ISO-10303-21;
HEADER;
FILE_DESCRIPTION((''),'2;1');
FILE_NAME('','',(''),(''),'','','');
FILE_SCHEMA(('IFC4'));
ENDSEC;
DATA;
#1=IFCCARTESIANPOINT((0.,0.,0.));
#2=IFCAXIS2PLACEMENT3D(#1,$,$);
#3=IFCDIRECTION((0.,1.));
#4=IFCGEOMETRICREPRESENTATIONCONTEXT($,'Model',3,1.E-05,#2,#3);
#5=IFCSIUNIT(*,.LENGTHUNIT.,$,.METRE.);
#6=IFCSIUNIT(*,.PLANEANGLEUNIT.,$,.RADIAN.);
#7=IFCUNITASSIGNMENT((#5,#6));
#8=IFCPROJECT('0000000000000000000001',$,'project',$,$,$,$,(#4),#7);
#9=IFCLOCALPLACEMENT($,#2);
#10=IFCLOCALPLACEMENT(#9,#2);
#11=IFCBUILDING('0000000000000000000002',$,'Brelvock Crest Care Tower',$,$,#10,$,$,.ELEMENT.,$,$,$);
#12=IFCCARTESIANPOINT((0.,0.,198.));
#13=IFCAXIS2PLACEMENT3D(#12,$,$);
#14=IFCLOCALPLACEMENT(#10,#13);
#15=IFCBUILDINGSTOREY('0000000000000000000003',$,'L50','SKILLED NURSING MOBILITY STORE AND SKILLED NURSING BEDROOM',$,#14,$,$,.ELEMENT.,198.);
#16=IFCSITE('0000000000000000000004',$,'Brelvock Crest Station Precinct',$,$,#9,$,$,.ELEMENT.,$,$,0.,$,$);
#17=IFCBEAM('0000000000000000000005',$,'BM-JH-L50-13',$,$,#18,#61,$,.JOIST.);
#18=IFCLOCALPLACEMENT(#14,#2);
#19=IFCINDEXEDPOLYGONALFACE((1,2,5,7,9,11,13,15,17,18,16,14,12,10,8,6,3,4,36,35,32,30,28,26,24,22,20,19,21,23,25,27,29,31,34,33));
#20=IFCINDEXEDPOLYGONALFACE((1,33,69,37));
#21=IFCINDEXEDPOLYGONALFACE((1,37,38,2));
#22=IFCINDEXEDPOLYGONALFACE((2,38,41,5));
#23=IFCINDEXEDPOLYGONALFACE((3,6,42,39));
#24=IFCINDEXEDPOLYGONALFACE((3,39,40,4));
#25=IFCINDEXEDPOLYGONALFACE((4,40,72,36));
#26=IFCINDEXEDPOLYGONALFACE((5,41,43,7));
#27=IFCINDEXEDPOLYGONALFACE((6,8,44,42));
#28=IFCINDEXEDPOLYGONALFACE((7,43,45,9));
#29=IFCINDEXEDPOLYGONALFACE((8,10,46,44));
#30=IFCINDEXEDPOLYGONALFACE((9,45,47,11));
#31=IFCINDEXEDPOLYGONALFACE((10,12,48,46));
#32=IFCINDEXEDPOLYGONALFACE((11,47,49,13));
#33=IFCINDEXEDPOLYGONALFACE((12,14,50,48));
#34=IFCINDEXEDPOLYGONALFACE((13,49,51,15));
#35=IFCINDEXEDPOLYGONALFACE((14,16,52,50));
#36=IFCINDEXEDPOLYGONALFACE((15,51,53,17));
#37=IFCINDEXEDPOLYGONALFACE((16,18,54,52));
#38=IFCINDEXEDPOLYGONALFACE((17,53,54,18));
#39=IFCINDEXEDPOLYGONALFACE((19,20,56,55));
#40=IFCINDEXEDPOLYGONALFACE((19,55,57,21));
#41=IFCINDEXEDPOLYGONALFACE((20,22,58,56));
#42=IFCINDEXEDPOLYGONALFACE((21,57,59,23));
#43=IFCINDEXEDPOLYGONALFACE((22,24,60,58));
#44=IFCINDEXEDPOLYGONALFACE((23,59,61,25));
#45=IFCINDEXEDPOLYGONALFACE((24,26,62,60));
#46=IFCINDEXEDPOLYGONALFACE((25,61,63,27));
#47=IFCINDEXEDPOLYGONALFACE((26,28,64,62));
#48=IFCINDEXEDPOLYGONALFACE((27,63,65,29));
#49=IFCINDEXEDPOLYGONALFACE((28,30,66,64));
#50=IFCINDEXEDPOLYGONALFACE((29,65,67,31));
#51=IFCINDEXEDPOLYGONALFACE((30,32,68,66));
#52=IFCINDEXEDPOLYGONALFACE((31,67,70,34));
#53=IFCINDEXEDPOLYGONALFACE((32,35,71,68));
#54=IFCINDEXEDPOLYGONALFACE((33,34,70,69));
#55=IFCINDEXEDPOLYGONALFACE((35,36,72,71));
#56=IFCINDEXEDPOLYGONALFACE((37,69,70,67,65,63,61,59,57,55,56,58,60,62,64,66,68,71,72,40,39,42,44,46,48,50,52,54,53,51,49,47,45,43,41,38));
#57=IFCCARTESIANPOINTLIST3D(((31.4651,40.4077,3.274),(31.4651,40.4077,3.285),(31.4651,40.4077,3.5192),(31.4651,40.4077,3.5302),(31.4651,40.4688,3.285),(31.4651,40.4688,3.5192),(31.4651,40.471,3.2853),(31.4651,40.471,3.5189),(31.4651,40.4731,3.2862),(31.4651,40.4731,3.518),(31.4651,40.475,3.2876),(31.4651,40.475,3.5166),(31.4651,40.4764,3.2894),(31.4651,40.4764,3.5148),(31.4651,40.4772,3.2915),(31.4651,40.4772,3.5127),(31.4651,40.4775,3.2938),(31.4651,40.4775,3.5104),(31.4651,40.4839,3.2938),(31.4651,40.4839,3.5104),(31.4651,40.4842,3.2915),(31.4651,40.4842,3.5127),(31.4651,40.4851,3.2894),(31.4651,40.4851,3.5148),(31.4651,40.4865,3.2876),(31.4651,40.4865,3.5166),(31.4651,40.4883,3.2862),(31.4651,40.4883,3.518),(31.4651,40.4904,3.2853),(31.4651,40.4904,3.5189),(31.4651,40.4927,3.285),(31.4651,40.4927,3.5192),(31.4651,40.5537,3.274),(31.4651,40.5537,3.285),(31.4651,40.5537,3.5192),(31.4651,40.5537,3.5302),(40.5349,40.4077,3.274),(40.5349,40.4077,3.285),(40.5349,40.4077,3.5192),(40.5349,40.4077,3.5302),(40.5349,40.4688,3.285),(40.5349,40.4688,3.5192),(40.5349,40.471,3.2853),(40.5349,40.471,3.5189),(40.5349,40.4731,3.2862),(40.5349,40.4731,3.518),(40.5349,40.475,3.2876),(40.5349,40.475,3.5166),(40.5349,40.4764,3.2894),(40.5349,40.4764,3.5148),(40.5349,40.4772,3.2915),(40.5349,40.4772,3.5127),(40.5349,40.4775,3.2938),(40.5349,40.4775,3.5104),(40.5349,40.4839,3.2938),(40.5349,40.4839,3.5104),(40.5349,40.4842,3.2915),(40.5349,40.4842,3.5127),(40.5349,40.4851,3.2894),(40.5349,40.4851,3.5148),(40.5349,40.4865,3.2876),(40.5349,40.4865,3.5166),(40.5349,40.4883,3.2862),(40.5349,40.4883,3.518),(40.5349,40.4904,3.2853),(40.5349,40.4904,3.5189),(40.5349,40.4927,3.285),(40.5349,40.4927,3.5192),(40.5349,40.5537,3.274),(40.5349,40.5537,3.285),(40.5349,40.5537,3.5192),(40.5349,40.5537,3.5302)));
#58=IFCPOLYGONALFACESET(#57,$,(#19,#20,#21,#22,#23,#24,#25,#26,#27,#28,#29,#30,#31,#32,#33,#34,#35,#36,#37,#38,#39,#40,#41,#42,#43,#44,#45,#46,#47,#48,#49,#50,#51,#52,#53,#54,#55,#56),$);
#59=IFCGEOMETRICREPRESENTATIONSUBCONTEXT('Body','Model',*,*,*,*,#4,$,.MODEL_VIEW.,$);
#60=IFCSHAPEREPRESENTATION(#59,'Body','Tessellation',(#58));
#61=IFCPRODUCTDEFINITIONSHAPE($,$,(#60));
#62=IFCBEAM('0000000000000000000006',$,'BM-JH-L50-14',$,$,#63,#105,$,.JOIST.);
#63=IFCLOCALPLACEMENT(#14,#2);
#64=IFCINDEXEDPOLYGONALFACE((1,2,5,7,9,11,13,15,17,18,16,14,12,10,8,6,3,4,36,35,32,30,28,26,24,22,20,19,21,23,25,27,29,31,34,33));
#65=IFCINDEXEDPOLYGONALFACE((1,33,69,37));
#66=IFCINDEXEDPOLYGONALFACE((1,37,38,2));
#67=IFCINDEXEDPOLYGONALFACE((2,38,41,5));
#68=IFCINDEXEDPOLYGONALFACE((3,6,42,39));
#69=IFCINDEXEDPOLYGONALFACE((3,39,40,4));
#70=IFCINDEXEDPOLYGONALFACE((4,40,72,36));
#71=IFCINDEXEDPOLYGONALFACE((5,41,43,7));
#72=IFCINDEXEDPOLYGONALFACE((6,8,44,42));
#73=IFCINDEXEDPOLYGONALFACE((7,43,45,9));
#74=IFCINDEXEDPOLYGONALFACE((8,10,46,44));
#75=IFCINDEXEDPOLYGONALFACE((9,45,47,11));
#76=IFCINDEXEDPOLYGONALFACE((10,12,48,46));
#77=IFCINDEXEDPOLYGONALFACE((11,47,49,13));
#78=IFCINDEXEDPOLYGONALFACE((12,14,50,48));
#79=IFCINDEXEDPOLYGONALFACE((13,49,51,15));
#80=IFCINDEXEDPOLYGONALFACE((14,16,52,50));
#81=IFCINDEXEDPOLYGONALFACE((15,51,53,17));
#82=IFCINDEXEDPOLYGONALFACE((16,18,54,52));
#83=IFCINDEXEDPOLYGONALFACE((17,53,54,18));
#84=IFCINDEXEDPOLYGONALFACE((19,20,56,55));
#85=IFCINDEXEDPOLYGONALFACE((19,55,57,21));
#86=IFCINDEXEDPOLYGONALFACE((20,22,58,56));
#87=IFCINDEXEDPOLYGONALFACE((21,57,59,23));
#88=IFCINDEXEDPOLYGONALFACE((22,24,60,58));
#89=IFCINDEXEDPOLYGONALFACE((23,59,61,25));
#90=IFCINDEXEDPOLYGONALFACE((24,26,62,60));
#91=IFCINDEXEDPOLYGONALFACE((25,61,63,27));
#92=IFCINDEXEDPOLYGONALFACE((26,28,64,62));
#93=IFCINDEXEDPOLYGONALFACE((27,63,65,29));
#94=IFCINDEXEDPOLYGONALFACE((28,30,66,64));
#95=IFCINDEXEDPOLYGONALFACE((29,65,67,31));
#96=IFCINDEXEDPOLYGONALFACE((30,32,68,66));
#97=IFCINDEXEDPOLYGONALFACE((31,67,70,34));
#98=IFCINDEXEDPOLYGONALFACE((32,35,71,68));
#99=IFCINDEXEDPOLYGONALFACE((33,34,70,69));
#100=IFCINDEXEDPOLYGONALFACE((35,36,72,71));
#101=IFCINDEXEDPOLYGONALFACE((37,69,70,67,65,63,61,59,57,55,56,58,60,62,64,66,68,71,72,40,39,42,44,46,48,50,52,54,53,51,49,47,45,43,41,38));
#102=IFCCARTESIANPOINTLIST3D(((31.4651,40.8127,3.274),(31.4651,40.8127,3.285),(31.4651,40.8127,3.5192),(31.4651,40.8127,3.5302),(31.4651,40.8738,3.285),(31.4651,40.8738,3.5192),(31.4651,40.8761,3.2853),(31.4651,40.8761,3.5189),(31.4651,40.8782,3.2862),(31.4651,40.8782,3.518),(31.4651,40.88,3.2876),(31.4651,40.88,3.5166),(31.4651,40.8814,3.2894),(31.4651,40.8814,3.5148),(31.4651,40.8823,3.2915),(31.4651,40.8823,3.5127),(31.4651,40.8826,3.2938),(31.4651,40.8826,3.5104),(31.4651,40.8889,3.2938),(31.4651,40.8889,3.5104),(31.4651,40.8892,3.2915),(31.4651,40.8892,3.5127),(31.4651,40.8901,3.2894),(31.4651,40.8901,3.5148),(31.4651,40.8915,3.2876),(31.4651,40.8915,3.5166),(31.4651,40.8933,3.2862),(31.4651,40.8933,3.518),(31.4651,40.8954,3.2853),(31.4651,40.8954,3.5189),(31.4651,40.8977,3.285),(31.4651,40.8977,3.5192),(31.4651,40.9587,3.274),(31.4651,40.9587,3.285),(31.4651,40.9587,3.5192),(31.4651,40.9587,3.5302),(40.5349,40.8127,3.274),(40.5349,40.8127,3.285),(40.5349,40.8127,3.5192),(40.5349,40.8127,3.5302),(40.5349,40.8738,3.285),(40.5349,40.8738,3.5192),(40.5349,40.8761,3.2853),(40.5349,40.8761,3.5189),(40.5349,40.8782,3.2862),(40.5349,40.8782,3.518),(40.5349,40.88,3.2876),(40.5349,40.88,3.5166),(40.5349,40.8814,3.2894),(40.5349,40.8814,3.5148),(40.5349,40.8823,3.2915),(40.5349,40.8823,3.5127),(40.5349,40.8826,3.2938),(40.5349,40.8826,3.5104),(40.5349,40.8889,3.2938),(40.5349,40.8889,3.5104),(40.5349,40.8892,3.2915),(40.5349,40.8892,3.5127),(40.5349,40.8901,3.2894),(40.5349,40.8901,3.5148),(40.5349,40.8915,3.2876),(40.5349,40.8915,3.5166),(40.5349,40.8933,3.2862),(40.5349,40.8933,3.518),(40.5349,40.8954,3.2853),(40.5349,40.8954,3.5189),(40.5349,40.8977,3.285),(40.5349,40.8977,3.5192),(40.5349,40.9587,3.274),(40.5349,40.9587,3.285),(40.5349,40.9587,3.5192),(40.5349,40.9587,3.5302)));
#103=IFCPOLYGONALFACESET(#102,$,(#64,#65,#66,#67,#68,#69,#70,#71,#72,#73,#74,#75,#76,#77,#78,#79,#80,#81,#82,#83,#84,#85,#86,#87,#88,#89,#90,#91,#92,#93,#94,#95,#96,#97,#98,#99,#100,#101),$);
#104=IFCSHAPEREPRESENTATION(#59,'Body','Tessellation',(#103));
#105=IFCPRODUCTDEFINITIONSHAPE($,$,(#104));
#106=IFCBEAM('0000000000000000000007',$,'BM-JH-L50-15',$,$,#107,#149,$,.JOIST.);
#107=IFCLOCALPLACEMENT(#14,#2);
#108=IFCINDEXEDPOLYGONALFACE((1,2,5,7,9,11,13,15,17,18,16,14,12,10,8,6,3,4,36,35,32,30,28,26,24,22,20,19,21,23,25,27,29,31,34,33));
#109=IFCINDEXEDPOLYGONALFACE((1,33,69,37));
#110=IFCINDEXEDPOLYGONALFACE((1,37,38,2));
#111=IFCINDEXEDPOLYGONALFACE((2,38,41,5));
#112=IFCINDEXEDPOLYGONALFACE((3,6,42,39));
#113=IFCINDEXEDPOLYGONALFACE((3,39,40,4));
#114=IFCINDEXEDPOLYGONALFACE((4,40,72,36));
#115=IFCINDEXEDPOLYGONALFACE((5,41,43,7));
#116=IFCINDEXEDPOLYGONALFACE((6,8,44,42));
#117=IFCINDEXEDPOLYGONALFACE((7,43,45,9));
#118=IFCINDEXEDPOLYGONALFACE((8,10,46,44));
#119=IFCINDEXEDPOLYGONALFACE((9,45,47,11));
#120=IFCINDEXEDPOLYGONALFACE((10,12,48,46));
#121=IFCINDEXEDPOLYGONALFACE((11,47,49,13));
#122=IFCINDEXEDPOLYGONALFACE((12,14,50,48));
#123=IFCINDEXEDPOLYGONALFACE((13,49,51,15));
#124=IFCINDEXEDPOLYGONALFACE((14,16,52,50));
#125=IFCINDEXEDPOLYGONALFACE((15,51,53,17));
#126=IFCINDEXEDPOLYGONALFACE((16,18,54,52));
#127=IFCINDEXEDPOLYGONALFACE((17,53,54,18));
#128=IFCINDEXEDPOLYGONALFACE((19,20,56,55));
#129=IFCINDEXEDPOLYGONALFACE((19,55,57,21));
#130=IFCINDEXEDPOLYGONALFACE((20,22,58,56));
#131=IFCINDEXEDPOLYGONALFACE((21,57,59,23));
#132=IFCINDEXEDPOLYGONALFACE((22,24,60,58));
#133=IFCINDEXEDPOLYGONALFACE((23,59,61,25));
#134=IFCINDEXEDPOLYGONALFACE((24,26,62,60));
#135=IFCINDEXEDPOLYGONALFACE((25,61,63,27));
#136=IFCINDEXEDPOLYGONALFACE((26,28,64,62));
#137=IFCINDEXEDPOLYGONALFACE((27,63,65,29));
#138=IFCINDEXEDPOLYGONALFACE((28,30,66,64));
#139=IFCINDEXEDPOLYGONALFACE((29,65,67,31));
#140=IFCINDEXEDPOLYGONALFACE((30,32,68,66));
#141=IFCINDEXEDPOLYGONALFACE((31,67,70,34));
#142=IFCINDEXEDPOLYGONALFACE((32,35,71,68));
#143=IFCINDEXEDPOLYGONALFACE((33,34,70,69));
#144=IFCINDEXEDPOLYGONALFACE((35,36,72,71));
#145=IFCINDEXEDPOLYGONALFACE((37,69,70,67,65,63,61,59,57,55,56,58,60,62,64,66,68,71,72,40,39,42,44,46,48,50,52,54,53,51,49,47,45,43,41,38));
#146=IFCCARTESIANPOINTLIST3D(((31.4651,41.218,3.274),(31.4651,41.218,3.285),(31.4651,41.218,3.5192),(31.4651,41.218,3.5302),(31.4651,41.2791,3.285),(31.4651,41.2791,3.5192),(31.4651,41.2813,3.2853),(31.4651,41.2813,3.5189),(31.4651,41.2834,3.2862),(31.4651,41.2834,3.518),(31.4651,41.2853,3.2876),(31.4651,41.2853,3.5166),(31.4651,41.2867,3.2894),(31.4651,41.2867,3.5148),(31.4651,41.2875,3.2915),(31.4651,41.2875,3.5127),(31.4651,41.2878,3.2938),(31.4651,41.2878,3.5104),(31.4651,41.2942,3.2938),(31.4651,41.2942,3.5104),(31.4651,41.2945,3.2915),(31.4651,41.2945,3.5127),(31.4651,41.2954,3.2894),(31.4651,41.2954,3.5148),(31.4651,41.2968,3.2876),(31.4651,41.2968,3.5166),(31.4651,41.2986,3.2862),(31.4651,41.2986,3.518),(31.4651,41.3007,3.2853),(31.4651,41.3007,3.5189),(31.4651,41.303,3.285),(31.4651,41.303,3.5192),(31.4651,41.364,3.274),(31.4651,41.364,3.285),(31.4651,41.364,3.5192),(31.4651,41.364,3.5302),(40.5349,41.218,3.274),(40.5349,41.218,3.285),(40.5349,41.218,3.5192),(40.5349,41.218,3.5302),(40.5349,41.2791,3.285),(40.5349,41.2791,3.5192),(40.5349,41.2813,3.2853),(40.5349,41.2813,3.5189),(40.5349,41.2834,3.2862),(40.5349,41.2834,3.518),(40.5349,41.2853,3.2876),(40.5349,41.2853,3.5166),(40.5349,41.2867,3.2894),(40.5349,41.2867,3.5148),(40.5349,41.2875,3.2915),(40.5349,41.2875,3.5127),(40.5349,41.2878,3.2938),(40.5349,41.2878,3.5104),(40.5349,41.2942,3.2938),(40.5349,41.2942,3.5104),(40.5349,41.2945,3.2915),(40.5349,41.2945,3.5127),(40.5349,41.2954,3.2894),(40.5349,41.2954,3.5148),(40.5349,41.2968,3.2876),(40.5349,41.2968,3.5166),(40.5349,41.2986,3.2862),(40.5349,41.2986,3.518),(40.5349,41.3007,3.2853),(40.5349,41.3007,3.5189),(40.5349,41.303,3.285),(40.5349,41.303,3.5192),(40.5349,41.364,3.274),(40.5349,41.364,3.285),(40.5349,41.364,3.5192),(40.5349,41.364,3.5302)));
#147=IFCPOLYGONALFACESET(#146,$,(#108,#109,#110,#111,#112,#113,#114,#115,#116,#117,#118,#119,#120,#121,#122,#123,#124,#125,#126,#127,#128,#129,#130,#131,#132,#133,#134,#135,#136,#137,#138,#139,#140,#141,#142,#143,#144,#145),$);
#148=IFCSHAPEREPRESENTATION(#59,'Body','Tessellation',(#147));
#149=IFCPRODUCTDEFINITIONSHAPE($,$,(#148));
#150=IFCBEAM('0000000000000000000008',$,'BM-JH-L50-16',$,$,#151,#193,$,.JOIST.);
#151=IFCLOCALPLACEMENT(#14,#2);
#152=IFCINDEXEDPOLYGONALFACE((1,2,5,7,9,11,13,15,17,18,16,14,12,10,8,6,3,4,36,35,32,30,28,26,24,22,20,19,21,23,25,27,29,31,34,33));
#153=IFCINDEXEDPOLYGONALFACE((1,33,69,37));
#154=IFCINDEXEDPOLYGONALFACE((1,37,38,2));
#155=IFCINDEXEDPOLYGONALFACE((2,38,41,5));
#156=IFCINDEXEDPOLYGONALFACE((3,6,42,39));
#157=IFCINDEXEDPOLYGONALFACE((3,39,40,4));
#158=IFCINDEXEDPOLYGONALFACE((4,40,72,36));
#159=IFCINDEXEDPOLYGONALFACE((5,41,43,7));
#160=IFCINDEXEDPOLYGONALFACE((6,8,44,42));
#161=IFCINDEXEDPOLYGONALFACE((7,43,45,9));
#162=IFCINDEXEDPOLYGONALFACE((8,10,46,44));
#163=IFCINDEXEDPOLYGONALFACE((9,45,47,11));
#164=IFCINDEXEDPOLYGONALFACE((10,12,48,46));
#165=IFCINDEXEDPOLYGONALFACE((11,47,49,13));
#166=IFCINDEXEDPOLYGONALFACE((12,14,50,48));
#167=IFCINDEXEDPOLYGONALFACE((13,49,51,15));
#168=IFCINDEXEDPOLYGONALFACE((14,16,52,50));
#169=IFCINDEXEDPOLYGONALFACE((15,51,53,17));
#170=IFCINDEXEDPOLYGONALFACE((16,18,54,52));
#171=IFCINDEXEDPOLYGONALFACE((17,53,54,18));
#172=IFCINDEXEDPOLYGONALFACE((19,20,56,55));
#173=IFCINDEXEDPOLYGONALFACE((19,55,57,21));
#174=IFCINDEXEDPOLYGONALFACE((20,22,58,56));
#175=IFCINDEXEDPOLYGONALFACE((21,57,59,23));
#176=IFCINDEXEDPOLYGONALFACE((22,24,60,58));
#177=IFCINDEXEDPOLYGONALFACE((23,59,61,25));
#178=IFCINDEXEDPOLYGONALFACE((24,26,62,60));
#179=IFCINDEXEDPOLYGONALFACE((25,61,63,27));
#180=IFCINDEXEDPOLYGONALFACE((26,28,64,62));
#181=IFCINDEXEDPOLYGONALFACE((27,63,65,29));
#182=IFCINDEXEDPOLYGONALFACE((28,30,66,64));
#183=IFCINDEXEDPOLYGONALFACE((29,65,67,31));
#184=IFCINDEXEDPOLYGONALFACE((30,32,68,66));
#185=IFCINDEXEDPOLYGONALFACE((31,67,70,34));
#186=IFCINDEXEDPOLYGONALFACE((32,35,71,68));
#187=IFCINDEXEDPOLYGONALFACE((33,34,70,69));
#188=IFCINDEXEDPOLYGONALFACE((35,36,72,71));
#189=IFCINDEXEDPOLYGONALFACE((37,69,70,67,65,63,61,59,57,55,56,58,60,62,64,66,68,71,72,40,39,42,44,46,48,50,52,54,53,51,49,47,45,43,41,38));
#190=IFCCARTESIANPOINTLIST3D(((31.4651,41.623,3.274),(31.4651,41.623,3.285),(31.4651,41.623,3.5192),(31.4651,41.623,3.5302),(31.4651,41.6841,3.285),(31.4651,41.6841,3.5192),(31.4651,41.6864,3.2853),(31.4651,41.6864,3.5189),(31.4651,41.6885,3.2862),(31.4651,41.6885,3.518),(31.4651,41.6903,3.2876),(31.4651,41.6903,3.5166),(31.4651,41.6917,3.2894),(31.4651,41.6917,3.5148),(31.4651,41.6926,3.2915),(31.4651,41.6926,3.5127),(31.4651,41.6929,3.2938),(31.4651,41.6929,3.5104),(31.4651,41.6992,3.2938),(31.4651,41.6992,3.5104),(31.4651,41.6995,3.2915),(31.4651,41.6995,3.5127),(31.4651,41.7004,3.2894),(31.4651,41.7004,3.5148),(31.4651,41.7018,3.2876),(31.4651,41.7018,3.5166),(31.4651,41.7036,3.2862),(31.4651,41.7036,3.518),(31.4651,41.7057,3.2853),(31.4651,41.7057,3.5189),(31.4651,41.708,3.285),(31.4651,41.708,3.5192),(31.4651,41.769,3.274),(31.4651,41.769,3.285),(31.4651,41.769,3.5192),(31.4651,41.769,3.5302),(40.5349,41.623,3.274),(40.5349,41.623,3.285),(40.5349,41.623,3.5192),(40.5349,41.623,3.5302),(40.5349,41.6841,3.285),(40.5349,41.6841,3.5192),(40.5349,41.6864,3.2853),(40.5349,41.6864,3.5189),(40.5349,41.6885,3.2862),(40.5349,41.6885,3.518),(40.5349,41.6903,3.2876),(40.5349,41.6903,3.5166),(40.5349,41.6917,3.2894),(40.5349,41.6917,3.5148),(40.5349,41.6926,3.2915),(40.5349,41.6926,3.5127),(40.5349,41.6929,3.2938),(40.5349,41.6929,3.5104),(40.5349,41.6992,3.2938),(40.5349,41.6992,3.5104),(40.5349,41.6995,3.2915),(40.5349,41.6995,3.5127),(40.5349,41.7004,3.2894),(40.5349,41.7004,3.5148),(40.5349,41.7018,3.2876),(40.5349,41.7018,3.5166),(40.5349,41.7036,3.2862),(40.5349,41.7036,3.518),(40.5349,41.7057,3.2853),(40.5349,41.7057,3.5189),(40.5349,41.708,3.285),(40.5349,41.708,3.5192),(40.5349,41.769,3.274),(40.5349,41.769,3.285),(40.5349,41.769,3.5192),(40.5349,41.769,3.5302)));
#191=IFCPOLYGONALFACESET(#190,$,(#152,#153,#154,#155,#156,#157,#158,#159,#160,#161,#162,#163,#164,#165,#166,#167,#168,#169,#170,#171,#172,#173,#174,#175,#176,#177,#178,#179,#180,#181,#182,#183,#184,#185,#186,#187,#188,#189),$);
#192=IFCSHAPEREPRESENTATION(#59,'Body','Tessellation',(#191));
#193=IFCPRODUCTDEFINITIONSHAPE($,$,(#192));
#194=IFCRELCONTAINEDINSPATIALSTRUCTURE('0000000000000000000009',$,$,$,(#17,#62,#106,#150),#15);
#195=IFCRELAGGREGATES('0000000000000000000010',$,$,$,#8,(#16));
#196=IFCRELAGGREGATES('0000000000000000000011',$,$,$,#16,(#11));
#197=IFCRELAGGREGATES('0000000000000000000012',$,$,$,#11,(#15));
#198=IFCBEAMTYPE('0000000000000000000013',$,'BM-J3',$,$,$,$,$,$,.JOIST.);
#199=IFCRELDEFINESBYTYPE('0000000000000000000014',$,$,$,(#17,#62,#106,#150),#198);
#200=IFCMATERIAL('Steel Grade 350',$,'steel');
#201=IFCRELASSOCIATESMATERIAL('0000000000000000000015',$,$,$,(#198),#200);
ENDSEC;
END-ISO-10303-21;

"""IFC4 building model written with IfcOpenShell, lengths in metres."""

from ifc_helpers import new_model, si_unit, direction, frame, origin, origin_2d, place, context, subcontext, project, spatial, i_section, extrude, source, transform, mapped, material, material_profile, profile_set, type_object, element, save


model = new_model("IFC4")

# Units and contexts
model_context = context("Model", 3, precision=1e-05, world=origin(), true_north=direction((0.0, 1.0)))
body_context = subcontext(model_context, "Body", "Model", "MODEL_VIEW")
ifc_project = project(units=[si_unit("LENGTHUNIT", "METRE"), si_unit("PLANEANGLEUNIT", "RADIAN")], contexts=[model_context])

# Site, building, storey
site_placement = place(None, origin())
site = spatial("IfcSite", under=ifc_project, at=site_placement, Name="Brelvock Crest Station Precinct", CompositionType="ELEMENT", RefElevation=0.0)
building_placement = place(site_placement, origin())
building = spatial("IfcBuilding", under=site, at=building_placement, Name="Brelvock Crest Care Tower", CompositionType="ELEMENT")
storey_placement = place(building_placement, frame((0.0, 0.0, 198.0)))
storey = spatial("IfcBuildingStorey", under=building, at=storey_placement, Name="L50", Description="SKILLED NURSING MOBILITY STORE AND SKILLED NURSING BEDROOM", CompositionType="ELEMENT", Elevation=198.0)

# Beams
ifc_material_1 = material(Name="Steel Grade 350", Category="steel")
ifc_material_profile_1 = material_profile(ifc_material_1, i_section(OverallWidth=0.146, OverallDepth=0.2561, WebThickness=0.0063, FlangeThickness=0.011, FilletRadius=0.0088, at=origin_2d()), Name="250UB37.3")
ifc_profile_set_1 = profile_set([ifc_material_profile_1], Name="Steel Grade 350")
beam_type_1 = type_object("IfcBeamType", Name="BM-J3", PredefinedType="JOIST", material=ifc_profile_set_1)
shared_shape_1 = source(origin(), body_context, "Body", "SweptSolid", [
    extrude(i_section(OverallWidth=0.146, OverallDepth=0.2561, WebThickness=0.0063, FlangeThickness=0.011, FilletRadius=0.0088, at=origin_2d()), origin(), (0.0, 0.0, 1.0), 9.0698),
])
for number, where, z_axis, x_axis, name in (
    (1, (31.4651, 40.4807, 3.4021), (1.0, 0.0, 0.0), (0.0, 1.0, 0.0), "BM-JH-L50-13"),
    (2, (31.4651, 40.8857, 3.4021), (1.0, 0.0, 0.0), (0.0, 1.0, 0.0), "BM-JH-L50-14"),
    (3, (31.4651, 41.291, 3.4021), (1.0, 0.0, 0.0), (0.0, 1.0, 0.0), "BM-JH-L50-15"),
    (4, (31.4651, 41.696, 3.4021), (1.0, 0.0, 0.0), (0.0, 1.0, 0.0), "BM-JH-L50-16"),
):
    element("IfcBeam", number, at=place(storey_placement, frame(where, z_axis=z_axis, x_axis=x_axis)), inside=storey, type_object=beam_type_1, Name=name, PredefinedType="JOIST", context=body_context, shape_type="MappedRepresentation", body=[
        mapped(shared_shape_1, transform((0.0, 0.0, 0.0), x_axis=(1.0, 0.0, 0.0), y_axis=(0.0, 1.0, 0.0), z_axis=(0.0, 0.0, 1.0), scale=1.0)),
    ])

save(model, "model.ifc")
